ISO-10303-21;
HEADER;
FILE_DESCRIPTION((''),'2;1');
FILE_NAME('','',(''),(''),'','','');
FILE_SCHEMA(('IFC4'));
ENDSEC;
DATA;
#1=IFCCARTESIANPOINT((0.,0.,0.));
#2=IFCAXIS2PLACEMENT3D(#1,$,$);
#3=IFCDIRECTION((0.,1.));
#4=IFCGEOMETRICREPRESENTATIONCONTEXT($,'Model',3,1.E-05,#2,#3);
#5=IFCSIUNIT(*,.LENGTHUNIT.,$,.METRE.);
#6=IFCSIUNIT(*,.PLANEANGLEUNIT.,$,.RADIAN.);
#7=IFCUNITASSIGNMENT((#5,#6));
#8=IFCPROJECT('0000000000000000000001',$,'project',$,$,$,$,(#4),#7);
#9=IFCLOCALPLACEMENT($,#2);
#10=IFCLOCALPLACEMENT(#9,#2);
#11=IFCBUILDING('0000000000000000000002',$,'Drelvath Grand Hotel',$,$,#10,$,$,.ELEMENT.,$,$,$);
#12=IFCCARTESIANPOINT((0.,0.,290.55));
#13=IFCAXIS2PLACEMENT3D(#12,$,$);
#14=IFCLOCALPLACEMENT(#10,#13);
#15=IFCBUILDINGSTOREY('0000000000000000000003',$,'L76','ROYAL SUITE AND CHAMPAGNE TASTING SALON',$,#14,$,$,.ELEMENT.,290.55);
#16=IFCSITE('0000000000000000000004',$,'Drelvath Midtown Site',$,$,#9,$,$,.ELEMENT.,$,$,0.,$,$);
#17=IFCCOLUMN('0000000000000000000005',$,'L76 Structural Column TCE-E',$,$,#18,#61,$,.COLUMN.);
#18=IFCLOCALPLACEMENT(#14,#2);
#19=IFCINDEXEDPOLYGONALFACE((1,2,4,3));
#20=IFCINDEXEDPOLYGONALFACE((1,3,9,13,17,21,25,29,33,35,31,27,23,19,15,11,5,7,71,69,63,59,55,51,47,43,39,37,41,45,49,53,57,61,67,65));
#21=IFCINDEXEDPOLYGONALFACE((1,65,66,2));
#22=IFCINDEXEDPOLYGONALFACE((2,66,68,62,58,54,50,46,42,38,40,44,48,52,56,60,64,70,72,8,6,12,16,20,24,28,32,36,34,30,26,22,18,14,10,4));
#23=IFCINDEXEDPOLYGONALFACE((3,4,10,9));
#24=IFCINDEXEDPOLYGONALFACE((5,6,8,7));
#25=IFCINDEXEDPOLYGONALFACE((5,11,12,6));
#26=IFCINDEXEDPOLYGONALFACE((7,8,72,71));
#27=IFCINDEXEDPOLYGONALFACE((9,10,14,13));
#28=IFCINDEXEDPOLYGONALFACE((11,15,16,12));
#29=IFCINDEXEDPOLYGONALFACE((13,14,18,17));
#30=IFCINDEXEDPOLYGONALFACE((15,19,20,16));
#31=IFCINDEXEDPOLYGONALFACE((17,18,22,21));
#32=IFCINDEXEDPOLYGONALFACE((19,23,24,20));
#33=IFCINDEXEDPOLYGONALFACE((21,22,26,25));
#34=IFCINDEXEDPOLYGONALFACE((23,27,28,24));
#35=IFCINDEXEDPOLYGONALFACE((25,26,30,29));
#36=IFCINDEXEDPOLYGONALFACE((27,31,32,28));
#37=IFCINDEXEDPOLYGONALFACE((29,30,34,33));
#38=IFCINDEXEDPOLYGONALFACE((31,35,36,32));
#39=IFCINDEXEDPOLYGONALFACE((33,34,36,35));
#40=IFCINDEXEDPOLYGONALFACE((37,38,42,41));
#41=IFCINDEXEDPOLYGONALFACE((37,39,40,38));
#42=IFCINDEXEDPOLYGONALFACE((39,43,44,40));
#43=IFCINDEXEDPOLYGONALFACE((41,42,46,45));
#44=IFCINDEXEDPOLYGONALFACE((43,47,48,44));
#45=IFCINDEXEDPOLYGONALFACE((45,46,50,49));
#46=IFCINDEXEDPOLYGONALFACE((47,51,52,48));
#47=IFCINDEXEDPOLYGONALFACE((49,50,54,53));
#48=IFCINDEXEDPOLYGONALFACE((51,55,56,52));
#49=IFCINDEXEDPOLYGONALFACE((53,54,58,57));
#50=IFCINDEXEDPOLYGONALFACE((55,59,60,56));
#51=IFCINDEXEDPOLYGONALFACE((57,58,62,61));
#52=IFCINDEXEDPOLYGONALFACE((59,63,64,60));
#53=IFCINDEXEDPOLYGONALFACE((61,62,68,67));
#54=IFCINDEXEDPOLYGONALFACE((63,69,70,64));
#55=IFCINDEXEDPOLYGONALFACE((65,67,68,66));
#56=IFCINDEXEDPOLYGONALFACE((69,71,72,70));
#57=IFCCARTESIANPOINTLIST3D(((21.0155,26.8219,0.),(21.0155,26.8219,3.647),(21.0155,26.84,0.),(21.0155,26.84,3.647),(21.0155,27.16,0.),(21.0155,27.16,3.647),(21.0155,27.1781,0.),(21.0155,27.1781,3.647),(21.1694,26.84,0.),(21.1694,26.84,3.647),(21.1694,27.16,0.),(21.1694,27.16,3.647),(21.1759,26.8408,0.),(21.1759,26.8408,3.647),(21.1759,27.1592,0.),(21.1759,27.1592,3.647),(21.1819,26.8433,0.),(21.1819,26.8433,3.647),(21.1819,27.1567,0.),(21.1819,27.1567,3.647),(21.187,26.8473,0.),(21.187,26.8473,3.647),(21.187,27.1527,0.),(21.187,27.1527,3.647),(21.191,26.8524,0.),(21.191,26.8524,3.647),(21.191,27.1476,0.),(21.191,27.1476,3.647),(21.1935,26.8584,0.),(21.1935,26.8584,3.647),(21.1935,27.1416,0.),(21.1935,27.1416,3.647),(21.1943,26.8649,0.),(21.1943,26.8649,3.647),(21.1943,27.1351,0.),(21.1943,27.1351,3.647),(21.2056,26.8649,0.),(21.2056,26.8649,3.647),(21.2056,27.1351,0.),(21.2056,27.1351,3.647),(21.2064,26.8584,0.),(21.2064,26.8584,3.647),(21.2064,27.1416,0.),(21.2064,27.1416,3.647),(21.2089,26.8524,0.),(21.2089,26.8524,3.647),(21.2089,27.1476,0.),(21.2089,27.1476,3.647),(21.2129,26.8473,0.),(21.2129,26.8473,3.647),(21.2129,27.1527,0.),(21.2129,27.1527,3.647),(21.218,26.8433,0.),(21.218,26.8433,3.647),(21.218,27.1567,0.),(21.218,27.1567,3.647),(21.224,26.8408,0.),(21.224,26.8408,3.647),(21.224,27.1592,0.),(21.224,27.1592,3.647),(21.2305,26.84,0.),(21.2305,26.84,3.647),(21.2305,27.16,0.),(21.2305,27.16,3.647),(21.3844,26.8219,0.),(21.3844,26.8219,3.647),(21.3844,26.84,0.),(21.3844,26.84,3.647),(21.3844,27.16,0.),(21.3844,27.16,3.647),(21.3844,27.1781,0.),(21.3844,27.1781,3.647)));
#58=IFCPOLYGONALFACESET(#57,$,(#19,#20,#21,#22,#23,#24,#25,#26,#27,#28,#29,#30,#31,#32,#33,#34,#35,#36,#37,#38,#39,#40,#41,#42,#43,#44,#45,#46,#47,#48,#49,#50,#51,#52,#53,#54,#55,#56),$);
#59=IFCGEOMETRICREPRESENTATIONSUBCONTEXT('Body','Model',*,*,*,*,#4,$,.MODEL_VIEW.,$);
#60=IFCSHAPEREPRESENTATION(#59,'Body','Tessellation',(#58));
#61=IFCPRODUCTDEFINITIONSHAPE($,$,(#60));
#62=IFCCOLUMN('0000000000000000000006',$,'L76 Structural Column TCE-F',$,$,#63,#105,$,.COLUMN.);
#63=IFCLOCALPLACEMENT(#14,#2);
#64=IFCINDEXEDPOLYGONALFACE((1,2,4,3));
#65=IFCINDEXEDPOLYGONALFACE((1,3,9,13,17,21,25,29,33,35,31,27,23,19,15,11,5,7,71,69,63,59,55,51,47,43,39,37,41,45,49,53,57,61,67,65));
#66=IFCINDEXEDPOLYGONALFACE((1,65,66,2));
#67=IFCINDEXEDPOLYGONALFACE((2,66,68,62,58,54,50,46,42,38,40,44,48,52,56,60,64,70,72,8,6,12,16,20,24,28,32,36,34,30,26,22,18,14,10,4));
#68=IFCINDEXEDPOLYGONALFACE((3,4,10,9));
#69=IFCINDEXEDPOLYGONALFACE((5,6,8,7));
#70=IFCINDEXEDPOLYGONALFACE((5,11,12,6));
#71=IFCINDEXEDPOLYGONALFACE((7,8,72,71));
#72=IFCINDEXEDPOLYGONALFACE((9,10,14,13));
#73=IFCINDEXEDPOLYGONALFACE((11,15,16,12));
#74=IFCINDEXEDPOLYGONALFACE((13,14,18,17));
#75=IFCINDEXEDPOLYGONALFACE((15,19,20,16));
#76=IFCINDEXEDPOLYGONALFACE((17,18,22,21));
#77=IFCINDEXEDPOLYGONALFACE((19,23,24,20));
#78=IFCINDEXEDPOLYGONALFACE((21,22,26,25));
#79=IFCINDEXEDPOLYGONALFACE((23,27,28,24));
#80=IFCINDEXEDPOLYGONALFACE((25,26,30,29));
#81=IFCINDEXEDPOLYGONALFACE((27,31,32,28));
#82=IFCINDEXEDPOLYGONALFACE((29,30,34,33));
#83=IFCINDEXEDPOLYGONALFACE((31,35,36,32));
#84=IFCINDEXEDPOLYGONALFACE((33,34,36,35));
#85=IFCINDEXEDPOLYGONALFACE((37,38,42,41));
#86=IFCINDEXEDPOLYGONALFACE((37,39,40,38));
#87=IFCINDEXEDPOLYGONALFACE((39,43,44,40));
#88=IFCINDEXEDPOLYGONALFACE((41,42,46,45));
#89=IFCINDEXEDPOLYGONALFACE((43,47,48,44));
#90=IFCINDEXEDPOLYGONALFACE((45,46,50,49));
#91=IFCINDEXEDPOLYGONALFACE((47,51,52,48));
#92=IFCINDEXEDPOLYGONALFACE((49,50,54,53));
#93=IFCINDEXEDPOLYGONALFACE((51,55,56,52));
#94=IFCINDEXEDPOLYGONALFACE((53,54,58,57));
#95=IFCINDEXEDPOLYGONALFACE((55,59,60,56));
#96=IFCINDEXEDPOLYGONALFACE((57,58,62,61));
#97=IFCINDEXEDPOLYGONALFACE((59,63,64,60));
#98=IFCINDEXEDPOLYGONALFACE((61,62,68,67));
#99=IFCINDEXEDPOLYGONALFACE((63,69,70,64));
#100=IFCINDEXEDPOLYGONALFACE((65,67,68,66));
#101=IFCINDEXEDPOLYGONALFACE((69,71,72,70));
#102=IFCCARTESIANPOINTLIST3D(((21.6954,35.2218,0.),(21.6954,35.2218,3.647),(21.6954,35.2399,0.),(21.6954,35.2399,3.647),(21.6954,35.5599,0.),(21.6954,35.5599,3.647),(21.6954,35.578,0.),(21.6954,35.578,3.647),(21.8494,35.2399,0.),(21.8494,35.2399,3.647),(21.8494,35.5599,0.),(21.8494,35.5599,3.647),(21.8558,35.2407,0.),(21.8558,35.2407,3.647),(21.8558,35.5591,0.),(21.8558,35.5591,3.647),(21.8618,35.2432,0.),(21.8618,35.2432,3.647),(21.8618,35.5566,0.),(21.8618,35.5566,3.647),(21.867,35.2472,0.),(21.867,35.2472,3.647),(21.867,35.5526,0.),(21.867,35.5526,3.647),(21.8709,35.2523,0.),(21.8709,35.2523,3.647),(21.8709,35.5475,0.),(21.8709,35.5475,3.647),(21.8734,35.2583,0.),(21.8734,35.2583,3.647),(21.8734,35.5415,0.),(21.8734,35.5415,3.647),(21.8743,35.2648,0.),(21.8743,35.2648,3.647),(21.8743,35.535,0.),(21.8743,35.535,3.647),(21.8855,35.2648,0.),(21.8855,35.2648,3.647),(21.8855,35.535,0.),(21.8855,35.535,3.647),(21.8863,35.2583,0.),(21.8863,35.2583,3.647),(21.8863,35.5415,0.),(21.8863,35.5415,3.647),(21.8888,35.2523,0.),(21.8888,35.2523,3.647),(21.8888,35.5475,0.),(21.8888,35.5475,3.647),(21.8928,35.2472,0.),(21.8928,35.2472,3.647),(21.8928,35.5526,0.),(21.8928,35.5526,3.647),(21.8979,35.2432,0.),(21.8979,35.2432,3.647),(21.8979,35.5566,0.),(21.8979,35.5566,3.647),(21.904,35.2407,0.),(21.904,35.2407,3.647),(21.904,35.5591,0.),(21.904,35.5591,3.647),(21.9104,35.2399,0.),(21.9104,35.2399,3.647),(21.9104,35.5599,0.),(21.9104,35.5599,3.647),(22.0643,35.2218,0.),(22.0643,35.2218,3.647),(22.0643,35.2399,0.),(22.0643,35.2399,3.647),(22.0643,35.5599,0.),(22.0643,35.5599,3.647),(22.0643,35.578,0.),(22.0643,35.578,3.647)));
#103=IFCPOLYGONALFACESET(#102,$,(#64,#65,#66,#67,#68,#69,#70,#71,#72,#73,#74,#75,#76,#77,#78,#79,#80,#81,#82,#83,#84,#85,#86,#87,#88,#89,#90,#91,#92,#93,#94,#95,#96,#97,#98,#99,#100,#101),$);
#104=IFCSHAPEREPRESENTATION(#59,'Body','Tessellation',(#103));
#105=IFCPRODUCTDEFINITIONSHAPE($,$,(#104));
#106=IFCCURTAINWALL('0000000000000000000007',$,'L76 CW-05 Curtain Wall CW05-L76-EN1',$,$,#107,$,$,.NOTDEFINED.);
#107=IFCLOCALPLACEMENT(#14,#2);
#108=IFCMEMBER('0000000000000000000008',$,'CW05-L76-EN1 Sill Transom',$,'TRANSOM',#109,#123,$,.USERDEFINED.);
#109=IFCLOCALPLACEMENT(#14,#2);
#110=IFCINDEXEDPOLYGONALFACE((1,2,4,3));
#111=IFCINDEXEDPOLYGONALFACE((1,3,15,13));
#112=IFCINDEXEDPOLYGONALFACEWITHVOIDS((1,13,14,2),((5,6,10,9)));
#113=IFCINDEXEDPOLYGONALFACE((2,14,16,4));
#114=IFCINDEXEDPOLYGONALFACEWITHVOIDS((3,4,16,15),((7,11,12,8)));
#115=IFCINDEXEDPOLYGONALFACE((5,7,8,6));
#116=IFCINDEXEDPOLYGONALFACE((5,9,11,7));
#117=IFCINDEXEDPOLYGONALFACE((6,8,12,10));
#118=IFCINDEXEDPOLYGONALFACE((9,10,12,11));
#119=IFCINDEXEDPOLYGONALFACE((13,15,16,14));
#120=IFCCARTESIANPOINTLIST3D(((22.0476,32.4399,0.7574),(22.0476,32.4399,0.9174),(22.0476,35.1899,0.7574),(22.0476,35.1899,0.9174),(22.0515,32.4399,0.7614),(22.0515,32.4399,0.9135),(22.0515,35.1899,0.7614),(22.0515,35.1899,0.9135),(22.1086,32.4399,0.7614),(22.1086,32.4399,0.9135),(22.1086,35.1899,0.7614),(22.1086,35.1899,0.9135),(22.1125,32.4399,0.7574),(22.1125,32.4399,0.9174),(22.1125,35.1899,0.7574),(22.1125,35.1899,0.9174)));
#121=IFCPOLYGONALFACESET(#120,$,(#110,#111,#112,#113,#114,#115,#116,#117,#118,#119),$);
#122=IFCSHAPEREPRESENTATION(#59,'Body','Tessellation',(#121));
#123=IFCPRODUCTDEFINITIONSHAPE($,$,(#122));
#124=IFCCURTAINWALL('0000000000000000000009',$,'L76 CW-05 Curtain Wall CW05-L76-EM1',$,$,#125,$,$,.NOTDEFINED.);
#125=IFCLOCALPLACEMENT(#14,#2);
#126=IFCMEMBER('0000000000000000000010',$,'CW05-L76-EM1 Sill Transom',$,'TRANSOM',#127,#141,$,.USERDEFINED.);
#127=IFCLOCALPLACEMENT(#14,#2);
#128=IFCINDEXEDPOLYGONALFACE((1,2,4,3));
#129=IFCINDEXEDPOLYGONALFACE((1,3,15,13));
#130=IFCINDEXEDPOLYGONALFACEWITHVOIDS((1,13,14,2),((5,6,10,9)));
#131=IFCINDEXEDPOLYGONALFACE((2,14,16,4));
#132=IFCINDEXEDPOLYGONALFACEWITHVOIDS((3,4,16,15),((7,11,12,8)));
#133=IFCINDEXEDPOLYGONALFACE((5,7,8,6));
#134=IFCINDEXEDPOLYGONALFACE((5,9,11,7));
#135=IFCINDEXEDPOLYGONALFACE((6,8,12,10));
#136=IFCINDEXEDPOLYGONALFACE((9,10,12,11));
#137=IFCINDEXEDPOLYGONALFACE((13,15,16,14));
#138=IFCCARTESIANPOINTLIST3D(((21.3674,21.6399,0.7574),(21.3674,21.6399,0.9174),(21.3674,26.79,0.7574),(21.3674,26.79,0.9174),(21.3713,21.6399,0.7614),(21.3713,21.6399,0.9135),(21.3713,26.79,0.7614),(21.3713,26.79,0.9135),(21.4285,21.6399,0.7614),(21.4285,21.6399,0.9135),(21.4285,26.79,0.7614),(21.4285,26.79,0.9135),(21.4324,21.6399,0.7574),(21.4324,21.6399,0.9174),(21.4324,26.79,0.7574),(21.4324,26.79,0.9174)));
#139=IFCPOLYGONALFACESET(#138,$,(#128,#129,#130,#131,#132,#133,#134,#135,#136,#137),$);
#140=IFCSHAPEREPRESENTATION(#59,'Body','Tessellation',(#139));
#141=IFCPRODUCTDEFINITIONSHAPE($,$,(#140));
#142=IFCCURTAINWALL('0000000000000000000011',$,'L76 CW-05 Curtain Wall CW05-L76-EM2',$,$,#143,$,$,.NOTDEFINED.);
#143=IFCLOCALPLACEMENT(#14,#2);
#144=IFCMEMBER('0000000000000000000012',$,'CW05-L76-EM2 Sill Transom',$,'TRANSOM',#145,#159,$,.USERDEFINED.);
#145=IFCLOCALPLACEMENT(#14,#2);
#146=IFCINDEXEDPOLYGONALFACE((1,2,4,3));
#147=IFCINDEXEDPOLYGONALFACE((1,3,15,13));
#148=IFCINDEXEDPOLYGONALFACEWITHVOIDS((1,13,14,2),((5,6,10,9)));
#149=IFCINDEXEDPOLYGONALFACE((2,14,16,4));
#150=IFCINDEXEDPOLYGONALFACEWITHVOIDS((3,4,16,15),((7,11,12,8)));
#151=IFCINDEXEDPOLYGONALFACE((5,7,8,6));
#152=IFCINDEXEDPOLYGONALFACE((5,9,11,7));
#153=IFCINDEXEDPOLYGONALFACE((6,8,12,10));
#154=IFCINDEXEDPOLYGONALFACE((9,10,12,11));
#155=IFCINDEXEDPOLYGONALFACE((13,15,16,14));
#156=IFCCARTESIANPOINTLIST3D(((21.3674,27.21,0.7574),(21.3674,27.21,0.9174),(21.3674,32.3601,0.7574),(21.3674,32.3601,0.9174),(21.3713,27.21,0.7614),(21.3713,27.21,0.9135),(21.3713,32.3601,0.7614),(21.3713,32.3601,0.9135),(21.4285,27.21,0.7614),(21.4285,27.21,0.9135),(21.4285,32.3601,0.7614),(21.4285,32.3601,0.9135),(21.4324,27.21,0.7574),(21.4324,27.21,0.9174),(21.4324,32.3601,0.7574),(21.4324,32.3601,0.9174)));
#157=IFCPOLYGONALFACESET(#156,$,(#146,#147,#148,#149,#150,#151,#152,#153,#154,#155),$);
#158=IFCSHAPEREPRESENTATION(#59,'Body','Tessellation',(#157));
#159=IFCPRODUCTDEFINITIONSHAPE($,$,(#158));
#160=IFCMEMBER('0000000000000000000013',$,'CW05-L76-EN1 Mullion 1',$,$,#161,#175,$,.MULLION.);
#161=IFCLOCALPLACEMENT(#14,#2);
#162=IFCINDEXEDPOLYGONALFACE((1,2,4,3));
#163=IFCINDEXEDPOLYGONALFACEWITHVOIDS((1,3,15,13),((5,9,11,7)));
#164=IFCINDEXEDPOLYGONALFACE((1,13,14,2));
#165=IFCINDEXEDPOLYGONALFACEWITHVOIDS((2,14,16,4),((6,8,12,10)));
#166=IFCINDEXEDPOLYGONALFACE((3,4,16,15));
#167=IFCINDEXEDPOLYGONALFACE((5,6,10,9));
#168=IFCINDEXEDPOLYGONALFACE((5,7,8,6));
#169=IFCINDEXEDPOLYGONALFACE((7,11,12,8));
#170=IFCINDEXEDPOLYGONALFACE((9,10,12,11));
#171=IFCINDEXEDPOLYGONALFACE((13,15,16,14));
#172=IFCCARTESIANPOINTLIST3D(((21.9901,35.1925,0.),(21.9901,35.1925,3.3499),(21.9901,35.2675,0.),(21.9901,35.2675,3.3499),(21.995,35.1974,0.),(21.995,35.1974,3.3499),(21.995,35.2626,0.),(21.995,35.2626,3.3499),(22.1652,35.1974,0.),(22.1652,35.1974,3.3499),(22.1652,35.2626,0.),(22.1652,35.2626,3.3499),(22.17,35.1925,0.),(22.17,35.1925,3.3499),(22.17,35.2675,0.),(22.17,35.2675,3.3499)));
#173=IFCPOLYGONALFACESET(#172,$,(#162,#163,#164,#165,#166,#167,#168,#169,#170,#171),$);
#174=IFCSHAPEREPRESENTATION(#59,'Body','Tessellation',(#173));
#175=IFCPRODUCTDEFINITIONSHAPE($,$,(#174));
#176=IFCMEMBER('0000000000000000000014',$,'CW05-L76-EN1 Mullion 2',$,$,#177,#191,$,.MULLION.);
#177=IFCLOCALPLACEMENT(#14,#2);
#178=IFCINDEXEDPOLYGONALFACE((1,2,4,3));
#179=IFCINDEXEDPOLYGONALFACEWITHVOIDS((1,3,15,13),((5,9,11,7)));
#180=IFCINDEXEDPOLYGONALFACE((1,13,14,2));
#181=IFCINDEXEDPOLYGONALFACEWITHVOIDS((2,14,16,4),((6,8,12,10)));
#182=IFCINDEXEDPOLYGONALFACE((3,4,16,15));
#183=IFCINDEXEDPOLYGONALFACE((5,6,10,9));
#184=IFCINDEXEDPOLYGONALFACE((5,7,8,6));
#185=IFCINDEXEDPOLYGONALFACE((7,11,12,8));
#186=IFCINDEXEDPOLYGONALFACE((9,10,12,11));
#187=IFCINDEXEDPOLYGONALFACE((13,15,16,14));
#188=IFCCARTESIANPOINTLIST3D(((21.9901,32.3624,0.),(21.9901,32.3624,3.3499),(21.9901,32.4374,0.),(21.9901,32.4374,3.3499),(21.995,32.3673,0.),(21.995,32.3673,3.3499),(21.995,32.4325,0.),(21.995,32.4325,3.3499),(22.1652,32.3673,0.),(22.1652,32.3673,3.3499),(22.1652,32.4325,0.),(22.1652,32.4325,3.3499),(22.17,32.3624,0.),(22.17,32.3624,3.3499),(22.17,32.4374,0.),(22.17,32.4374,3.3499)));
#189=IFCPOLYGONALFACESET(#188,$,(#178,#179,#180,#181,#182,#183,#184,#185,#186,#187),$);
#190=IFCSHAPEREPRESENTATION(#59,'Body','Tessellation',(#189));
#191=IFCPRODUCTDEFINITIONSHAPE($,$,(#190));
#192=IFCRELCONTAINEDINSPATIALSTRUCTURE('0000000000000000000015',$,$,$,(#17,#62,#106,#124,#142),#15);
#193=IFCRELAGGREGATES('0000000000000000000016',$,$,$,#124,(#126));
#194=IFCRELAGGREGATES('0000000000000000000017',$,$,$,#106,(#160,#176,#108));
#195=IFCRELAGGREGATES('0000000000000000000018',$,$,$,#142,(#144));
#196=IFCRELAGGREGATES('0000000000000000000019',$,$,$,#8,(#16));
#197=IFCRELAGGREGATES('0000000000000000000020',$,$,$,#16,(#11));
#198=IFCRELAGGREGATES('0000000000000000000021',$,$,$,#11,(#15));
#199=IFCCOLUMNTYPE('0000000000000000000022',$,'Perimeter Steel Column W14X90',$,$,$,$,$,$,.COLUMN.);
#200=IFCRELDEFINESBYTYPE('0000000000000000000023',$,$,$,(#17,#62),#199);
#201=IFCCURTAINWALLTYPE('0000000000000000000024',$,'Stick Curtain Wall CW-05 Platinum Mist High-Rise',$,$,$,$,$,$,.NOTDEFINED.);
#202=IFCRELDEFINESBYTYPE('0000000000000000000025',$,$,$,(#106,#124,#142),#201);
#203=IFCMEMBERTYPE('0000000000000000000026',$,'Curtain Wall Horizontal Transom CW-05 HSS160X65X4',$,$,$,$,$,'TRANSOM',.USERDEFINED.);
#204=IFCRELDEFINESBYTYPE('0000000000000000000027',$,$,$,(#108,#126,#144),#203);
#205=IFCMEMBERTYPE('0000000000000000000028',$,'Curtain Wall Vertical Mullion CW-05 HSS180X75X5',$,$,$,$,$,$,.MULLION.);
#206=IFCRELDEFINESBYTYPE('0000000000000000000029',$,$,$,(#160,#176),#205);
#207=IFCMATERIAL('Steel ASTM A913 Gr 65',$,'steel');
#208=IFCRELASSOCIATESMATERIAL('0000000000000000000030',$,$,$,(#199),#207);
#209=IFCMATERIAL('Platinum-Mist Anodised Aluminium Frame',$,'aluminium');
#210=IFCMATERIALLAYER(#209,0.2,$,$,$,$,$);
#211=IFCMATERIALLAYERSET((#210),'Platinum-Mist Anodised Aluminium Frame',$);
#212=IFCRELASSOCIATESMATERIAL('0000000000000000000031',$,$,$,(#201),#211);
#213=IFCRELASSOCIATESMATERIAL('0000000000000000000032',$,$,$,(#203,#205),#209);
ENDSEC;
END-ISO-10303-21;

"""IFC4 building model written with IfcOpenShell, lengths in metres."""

from ifc_helpers import new_model, si_unit, direction, frame, origin, origin_2d, place, context, subcontext, project, spatial, hollow_rectangle, i_section, extrude, material, layer, layer_set, material_profile, profile_set, type_object, element, aggregate, save


model = new_model("IFC4")

# Units and contexts
model_context = context("Model", 3, precision=1e-05, world=origin(), true_north=direction((0.0, 1.0)))
body_context = subcontext(model_context, "Body", "Model", "MODEL_VIEW")
ifc_project = project(units=[si_unit("LENGTHUNIT", "METRE"), si_unit("PLANEANGLEUNIT", "RADIAN")], contexts=[model_context])

# Site, building, storey
site_placement = place(None, origin())
site = spatial("IfcSite", under=ifc_project, at=site_placement, Name="Drelvath Midtown Site", CompositionType="ELEMENT", RefElevation=0.0)
building_placement = place(site_placement, origin())
building = spatial("IfcBuilding", under=site, at=building_placement, Name="Drelvath Grand Hotel", CompositionType="ELEMENT")
storey_placement = place(building_placement, frame((0.0, 0.0, 290.55)))
storey = spatial("IfcBuildingStorey", under=building, at=storey_placement, Name="L76", Description="ROYAL SUITE AND CHAMPAGNE TASTING SALON", CompositionType="ELEMENT", Elevation=290.55)

# Columns
ifc_material_1 = material(Name="Steel ASTM A913 Gr 65", Category="steel")
ifc_material_profile_1 = material_profile(ifc_material_1, i_section(OverallWidth=0.3689, OverallDepth=0.3562, WebThickness=0.0112, FlangeThickness=0.0181, FilletRadius=0.0249, at=origin_2d()), Name="W14X90")
ifc_profile_set_1 = profile_set([ifc_material_profile_1], Name="Steel ASTM A913 Gr 65")
column_type = type_object("IfcColumnType", Name="Perimeter Steel Column W14X90", PredefinedType="COLUMN", material=ifc_profile_set_1)
for number, where, z_axis, x_axis, name in (
    (1, (21.2, 27.0, 0.0), (0.0, 0.0, 1.0), (1.0, 0.0, 0.0), "L76 Structural Column TCE-E"),
    (2, (21.8799, 35.3999, 0.0), (0.0, 0.0, 1.0), (1.0, 0.0, 0.0), "L76 Structural Column TCE-F"),
):
    element("IfcColumn", number, at=place(storey_placement, frame(where, z_axis=z_axis, x_axis=x_axis)), inside=storey, type_object=column_type, Name=name, PredefinedType="COLUMN", context=body_context, shape_type="SweptSolid", body=[
        extrude(i_section(OverallWidth=0.3689, OverallDepth=0.3562, WebThickness=0.0112, FlangeThickness=0.0181, FilletRadius=0.0249, at=origin_2d()), origin(), (0.0, 0.0, 1.0), 3.647),
    ])

# Curtain walls, members
ifc_material_2 = material(Name="Platinum-Mist Anodised Aluminium Frame", Category="aluminium")
ifc_layer_1 = layer(ifc_material_2, 0.2)
ifc_layer_set_1 = layer_set([ifc_layer_1], Name="Platinum-Mist Anodised Aluminium Frame")
curtain_wall_type = type_object("IfcCurtainWallType", Name="Stick Curtain Wall CW-05 Platinum Mist High-Rise", PredefinedType="NOTDEFINED", material=ifc_layer_set_1)
curtain_wall_1_placement = place(storey_placement, origin())
curtain_wall_1 = element("IfcCurtainWall", 3, at=curtain_wall_1_placement, inside=storey, type_object=curtain_wall_type, Name="L76 CW-05 Curtain Wall CW05-L76-EN1", PredefinedType="NOTDEFINED")
ifc_material_profile_2 = material_profile(ifc_material_2, hollow_rectangle(XDim=0.0649, YDim=0.1599, WallThickness=0.0039, at=origin_2d()), Name="HSS160X65X4")
ifc_profile_set_2 = profile_set([ifc_material_profile_2], Name="Platinum-Mist Anodised Aluminium Frame")
member_type_1 = type_object("IfcMemberType", Name="Curtain Wall Horizontal Transom CW-05 HSS160X65X4", ElementType="TRANSOM", PredefinedType="USERDEFINED", material=ifc_profile_set_2)
member_1_placement = place(storey_placement, frame((22.0801, 35.1899, 0.8374), z_axis=(0.0, -1.0, 0.0), x_axis=(1.0, 0.0, 0.0)))
member_1 = element("IfcMember", 4, at=member_1_placement, type_object=member_type_1, Name="CW05-L76-EN1 Sill Transom", ObjectType="TRANSOM", PredefinedType="USERDEFINED", context=body_context, shape_type="SweptSolid", body=[
    extrude(hollow_rectangle(XDim=0.0649, YDim=0.1599, WallThickness=0.0039, at=origin_2d()), origin(), (0.0, 0.0, 1.0), 2.75),
])
curtain_wall_2_placement = place(storey_placement, origin())
curtain_wall_2 = element("IfcCurtainWall", 5, at=curtain_wall_2_placement, inside=storey, type_object=curtain_wall_type, Name="L76 CW-05 Curtain Wall CW05-L76-EM1", PredefinedType="NOTDEFINED")
member_2_placement = place(storey_placement, frame((21.3999, 26.79, 0.8374), z_axis=(0.0, -1.0, 0.0), x_axis=(1.0, 0.0, 0.0)))
member_2 = element("IfcMember", 6, at=member_2_placement, type_object=member_type_1, Name="CW05-L76-EM1 Sill Transom", ObjectType="TRANSOM", PredefinedType="USERDEFINED", context=body_context, shape_type="SweptSolid", body=[
    extrude(hollow_rectangle(XDim=0.0649, YDim=0.1599, WallThickness=0.0039, at=origin_2d()), origin(), (0.0, 0.0, 1.0), 5.1501),
])
curtain_wall_3_placement = place(storey_placement, origin())
curtain_wall_3 = element("IfcCurtainWall", 7, at=curtain_wall_3_placement, inside=storey, type_object=curtain_wall_type, Name="L76 CW-05 Curtain Wall CW05-L76-EM2", PredefinedType="NOTDEFINED")
member_3_placement = place(storey_placement, frame((21.3999, 32.3601, 0.8374), z_axis=(0.0, -1.0, 0.0), x_axis=(1.0, 0.0, 0.0)))
member_3 = element("IfcMember", 8, at=member_3_placement, type_object=member_type_1, Name="CW05-L76-EM2 Sill Transom", ObjectType="TRANSOM", PredefinedType="USERDEFINED", context=body_context, shape_type="SweptSolid", body=[
    extrude(hollow_rectangle(XDim=0.0649, YDim=0.1599, WallThickness=0.0039, at=origin_2d()), origin(), (0.0, 0.0, 1.0), 5.1501),
])

# Members
ifc_material_profile_3 = material_profile(ifc_material_2, hollow_rectangle(XDim=0.075, YDim=0.1799, WallThickness=0.0049, at=origin_2d()), Name="HSS180X75X5")
ifc_profile_set_3 = profile_set([ifc_material_profile_3], Name="Platinum-Mist Anodised Aluminium Frame")
member_type_2 = type_object("IfcMemberType", Name="Curtain Wall Vertical Mullion CW-05 HSS180X75X5", PredefinedType="MULLION", material=ifc_profile_set_3)
member_4_placement = place(storey_placement, frame((22.0801, 35.23, 0.0), z_axis=(0.0, 0.0, 1.0), x_axis=(0.0, 1.0, 0.0)))
member_4 = element("IfcMember", 9, at=member_4_placement, type_object=member_type_2, Name="CW05-L76-EN1 Mullion 1", PredefinedType="MULLION", context=body_context, shape_type="SweptSolid", body=[
    extrude(hollow_rectangle(XDim=0.075, YDim=0.1799, WallThickness=0.0049, at=origin_2d()), origin(), (0.0, 0.0, 1.0), 3.3499),
])
member_5_placement = place(storey_placement, frame((22.0801, 32.3999, 0.0), z_axis=(0.0, 0.0, 1.0), x_axis=(0.0, 1.0, 0.0)))
member_5 = element("IfcMember", 10, at=member_5_placement, type_object=member_type_2, Name="CW05-L76-EN1 Mullion 2", PredefinedType="MULLION", context=body_context, shape_type="SweptSolid", body=[
    extrude(hollow_rectangle(XDim=0.075, YDim=0.1799, WallThickness=0.0049, at=origin_2d()), origin(), (0.0, 0.0, 1.0), 3.3499),
])

aggregate(curtain_wall_2, [member_2])

aggregate(curtain_wall_1, [member_4, member_5, member_1])
aggregate(curtain_wall_3, [member_3])

save(model, "model.ifc")
